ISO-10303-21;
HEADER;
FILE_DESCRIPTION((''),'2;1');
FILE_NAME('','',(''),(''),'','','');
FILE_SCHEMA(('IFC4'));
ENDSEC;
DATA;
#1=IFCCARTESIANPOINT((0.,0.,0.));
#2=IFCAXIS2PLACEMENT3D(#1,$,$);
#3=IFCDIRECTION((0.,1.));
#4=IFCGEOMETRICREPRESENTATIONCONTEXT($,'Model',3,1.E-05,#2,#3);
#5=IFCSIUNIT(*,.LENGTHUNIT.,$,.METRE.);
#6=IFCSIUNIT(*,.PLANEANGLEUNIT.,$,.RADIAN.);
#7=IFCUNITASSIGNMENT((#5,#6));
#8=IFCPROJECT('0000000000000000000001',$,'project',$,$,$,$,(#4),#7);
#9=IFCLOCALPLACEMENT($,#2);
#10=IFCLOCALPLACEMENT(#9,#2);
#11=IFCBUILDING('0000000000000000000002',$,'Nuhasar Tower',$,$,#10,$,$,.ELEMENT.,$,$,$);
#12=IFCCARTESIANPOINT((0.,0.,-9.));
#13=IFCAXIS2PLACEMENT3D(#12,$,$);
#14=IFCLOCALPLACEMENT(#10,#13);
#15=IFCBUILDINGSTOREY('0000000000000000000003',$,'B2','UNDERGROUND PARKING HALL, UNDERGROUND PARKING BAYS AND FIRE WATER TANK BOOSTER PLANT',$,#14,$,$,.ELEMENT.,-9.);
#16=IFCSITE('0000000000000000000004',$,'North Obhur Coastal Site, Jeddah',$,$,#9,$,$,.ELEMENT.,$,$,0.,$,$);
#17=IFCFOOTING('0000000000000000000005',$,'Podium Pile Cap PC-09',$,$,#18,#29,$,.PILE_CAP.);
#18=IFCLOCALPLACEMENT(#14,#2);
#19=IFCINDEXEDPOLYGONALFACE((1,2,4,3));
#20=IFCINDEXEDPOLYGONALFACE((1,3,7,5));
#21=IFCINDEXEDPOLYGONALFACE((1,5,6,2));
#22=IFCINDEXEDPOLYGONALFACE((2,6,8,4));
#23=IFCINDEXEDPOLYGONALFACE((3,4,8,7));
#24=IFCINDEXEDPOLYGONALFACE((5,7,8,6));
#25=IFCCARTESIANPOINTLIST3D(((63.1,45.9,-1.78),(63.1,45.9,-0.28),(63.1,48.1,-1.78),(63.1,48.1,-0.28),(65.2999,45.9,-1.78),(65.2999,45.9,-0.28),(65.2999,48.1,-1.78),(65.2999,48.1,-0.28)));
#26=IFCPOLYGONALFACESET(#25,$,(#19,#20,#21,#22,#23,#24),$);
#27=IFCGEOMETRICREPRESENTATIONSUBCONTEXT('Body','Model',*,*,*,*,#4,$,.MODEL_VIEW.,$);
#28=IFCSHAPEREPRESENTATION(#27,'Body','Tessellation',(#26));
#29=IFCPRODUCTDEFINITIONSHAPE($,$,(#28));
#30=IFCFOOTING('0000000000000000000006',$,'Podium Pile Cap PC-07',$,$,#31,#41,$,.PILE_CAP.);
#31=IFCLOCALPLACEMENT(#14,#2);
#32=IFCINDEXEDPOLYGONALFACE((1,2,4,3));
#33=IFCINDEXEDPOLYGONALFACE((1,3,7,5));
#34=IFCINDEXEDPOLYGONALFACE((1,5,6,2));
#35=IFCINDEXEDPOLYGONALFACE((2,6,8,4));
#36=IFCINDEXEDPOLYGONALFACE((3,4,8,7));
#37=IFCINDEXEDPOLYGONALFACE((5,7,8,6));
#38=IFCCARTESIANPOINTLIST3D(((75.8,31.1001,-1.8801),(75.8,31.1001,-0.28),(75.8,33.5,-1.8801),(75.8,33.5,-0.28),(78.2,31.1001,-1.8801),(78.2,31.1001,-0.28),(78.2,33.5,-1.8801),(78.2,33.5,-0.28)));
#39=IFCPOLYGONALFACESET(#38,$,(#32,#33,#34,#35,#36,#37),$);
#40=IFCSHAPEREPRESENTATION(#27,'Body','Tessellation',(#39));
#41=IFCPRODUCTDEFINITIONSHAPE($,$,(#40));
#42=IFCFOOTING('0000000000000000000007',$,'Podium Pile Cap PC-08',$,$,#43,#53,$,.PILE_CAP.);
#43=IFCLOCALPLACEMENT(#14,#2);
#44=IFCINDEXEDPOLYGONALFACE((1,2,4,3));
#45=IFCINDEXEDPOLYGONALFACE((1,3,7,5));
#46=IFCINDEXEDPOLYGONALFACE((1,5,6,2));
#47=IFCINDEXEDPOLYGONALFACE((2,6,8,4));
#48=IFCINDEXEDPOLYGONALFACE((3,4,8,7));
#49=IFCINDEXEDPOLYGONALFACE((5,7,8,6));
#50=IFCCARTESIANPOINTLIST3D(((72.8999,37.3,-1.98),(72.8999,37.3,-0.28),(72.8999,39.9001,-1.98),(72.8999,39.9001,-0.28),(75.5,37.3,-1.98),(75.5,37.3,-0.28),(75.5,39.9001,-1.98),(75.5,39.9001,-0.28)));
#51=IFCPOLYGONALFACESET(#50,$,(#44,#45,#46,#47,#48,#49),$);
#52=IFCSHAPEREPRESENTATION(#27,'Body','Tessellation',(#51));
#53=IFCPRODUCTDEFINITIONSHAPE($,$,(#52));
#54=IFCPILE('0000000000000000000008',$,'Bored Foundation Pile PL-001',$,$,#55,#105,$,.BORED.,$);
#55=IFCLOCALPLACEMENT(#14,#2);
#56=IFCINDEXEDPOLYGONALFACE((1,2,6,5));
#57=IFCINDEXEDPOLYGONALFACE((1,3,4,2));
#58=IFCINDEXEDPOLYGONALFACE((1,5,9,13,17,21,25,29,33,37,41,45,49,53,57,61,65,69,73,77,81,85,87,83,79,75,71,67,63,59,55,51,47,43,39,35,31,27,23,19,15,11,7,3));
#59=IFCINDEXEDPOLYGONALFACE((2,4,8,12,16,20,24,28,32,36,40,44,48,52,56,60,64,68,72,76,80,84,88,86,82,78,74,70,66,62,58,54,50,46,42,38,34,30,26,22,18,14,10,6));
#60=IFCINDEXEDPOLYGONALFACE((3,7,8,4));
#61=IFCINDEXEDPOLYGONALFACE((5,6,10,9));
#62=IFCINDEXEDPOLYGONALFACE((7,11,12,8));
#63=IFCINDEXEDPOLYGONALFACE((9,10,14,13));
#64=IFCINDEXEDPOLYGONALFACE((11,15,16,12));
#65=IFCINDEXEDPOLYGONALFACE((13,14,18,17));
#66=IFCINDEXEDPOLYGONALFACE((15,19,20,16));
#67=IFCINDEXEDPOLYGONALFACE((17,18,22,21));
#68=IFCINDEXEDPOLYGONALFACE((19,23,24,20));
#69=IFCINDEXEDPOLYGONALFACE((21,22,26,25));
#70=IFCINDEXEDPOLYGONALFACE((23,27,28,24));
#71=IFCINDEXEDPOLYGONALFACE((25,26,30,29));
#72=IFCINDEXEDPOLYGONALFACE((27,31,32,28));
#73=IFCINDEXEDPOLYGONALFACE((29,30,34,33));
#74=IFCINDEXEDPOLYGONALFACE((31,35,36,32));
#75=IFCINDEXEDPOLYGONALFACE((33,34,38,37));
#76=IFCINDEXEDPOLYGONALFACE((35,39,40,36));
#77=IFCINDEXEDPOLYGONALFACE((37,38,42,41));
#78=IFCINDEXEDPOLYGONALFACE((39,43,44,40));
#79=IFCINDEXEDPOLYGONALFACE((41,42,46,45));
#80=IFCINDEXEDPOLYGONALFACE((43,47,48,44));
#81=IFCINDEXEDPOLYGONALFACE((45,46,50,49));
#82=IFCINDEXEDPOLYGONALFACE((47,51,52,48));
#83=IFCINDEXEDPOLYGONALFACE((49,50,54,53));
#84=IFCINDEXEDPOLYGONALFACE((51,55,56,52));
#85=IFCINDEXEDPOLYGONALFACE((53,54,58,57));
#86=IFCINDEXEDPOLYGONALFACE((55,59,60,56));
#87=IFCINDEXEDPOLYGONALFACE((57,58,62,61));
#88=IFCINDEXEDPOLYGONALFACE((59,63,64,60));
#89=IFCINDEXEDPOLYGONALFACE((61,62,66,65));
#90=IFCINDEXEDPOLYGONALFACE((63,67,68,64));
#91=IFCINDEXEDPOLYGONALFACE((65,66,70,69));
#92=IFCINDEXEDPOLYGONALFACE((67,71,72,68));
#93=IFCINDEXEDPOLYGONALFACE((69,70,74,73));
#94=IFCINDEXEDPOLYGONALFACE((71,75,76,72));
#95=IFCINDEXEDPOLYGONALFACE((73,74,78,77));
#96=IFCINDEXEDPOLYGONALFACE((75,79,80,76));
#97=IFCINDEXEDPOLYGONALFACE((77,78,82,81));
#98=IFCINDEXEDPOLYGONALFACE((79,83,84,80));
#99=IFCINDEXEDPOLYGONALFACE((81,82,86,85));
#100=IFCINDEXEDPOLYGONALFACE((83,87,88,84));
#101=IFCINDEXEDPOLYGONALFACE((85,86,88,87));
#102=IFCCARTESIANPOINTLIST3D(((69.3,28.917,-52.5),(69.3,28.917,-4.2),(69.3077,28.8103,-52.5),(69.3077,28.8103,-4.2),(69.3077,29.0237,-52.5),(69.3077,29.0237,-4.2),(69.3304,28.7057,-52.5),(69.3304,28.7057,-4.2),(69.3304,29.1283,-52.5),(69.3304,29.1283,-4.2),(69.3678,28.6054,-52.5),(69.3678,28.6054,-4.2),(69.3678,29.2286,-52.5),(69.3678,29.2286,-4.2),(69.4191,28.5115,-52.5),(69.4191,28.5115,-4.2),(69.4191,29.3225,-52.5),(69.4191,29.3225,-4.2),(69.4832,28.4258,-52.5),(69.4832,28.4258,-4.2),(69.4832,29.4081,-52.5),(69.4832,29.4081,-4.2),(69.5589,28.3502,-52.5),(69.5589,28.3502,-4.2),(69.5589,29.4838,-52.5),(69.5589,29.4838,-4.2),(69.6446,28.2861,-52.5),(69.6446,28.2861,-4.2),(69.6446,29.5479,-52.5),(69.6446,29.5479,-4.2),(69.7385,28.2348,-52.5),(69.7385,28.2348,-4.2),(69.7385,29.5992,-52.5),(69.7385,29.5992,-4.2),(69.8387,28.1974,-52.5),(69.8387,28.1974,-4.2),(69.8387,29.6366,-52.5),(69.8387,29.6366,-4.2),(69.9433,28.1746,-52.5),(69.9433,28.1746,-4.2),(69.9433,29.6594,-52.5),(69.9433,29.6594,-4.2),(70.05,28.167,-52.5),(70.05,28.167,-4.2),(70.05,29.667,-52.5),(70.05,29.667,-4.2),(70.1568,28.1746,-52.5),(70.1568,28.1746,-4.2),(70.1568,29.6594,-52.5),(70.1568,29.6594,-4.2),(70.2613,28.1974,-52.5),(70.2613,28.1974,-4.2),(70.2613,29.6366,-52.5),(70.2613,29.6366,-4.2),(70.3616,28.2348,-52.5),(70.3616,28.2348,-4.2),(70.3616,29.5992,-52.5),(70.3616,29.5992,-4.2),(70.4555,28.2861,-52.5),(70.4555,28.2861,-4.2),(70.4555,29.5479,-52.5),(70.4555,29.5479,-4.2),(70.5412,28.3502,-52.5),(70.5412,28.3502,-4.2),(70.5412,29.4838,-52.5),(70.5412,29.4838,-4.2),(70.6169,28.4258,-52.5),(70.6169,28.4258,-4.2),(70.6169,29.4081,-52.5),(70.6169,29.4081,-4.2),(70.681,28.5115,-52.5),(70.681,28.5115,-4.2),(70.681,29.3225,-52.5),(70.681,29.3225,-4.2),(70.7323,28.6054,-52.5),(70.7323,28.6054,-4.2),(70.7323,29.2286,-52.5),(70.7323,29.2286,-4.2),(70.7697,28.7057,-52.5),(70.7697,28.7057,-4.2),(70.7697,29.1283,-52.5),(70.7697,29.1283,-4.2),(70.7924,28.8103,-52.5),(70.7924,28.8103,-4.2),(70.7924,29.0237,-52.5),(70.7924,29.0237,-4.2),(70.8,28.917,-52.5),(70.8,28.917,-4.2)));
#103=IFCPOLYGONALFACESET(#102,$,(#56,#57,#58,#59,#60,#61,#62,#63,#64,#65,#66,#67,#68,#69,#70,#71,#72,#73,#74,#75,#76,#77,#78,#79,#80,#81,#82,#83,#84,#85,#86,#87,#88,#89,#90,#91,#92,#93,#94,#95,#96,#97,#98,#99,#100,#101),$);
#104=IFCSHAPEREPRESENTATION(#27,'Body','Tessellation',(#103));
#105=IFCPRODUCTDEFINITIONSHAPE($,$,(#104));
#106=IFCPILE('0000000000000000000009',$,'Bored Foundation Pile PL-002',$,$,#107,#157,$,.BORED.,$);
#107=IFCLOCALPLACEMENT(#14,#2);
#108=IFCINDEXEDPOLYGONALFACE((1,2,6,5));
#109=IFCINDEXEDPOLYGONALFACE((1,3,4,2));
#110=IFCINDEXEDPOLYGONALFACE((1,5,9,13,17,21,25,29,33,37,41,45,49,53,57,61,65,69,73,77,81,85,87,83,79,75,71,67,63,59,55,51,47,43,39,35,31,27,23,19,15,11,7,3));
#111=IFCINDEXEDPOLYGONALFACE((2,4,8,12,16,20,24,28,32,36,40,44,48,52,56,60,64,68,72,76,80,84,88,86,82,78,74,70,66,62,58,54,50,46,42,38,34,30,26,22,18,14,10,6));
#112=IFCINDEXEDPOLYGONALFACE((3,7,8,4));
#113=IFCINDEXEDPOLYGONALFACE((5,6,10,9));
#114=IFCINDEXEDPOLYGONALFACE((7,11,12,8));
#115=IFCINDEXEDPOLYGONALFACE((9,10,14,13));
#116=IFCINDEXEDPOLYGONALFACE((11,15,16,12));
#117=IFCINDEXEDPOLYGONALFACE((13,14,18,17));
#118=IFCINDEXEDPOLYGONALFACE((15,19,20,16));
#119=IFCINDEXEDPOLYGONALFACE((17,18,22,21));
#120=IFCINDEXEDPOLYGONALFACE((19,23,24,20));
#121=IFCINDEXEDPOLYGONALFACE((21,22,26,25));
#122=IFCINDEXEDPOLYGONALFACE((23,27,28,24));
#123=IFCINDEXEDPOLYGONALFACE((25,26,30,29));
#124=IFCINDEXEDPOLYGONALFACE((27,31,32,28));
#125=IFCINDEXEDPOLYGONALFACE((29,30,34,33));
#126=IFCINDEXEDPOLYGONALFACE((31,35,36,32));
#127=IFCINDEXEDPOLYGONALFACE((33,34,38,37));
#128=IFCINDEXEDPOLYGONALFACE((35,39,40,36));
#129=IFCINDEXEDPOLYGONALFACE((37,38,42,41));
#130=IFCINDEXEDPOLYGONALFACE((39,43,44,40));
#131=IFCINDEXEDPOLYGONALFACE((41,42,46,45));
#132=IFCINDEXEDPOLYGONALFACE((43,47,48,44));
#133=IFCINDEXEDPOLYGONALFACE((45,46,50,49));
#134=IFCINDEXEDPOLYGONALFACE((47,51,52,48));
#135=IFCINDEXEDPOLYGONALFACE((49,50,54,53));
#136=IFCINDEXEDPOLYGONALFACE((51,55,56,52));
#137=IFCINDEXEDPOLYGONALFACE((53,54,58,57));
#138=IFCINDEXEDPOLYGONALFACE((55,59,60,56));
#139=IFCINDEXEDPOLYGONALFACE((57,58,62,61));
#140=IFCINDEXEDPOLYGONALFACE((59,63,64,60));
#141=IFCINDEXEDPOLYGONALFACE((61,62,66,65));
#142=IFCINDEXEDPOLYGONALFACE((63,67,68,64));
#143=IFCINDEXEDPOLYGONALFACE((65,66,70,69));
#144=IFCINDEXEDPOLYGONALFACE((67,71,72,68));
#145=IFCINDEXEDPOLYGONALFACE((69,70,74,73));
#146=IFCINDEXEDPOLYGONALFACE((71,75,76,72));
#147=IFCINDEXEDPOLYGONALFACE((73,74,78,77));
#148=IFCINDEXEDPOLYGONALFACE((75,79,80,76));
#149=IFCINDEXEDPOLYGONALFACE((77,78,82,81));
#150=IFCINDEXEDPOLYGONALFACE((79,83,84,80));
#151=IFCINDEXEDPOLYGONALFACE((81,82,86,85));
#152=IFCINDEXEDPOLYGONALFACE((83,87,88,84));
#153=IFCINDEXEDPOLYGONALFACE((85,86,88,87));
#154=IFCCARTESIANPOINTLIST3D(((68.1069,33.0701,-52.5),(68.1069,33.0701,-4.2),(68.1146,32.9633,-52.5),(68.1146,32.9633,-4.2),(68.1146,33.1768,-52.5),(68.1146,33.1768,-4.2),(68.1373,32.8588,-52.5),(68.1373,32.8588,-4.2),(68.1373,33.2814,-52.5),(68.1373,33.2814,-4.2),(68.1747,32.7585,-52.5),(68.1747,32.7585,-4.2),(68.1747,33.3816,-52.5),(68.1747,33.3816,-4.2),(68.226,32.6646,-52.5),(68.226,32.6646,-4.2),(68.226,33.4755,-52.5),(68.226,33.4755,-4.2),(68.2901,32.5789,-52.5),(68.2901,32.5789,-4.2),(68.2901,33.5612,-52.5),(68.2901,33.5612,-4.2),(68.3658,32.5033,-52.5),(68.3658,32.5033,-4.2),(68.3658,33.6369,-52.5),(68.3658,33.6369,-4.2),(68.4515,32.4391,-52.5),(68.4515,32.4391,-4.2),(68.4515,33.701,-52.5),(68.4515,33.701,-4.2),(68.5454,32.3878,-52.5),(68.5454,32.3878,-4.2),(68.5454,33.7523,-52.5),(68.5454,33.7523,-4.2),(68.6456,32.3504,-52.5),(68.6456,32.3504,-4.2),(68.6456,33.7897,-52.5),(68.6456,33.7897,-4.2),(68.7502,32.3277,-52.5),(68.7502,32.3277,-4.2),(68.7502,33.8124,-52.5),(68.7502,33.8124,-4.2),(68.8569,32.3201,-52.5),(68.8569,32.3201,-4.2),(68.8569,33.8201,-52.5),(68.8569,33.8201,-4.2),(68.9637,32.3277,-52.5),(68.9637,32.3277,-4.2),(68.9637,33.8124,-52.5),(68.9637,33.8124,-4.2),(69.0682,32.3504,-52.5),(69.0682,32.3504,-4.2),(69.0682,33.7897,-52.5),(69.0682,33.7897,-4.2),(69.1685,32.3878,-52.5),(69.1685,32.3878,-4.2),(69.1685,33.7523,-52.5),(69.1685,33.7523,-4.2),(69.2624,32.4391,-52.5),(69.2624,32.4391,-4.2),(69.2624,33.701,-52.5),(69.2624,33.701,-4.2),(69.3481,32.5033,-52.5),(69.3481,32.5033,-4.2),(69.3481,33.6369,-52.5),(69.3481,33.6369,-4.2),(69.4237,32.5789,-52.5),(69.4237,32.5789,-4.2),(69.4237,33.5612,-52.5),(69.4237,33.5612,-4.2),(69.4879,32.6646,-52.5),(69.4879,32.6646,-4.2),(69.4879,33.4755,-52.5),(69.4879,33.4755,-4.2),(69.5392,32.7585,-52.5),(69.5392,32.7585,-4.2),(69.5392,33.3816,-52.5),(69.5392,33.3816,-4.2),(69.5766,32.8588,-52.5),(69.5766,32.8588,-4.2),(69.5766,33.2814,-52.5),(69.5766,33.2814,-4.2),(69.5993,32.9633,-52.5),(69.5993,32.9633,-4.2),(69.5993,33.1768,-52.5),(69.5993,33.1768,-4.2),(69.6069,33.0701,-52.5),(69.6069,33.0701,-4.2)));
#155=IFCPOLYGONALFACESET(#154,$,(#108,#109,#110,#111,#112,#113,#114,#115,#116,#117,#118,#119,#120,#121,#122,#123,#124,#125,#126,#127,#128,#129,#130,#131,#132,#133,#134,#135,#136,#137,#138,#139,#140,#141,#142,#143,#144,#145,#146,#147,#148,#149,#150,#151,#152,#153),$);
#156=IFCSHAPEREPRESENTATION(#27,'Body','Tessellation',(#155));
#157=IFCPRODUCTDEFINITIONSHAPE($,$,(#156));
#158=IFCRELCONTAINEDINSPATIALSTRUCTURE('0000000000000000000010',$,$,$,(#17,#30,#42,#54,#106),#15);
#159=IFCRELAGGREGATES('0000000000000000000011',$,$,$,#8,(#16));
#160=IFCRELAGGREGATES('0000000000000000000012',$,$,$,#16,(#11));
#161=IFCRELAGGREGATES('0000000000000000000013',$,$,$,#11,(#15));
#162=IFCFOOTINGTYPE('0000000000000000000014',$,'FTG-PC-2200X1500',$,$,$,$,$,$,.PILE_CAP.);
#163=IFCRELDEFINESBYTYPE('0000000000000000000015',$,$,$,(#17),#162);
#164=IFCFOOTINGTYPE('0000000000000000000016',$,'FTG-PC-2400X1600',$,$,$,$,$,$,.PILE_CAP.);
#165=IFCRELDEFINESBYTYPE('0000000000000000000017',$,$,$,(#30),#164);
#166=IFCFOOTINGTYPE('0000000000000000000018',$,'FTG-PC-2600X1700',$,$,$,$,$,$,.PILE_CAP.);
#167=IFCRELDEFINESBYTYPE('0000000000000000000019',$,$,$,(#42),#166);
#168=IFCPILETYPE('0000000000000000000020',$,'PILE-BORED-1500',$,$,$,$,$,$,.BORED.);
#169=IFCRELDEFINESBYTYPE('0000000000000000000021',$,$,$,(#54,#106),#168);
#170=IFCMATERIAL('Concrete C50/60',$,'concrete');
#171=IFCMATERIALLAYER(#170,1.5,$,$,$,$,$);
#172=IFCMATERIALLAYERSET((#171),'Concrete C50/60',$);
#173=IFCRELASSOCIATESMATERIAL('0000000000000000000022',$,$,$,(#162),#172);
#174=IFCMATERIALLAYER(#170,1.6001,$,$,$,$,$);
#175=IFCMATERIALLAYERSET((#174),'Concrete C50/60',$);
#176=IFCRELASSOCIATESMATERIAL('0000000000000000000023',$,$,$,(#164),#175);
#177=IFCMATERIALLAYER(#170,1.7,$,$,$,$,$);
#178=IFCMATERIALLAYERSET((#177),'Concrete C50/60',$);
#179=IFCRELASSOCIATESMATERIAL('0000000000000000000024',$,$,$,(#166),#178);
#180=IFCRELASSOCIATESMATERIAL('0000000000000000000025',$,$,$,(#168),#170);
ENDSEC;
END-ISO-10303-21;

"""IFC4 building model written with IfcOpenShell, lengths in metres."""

from ifc_helpers import new_model, si_unit, direction, frame, origin, origin_2d, place, context, subcontext, project, spatial, rectangle, circle, extrude, material, layer, layer_set, material_profile, profile_set, type_object, element, save


model = new_model("IFC4")

# Units and contexts
model_context = context("Model", 3, precision=1e-05, world=origin(), true_north=direction((0.0, 1.0)))
body_context = subcontext(model_context, "Body", "Model", "MODEL_VIEW")
ifc_project = project(units=[si_unit("LENGTHUNIT", "METRE"), si_unit("PLANEANGLEUNIT", "RADIAN")], contexts=[model_context])

# Site, building, storey
site_placement = place(None, origin())
site = spatial("IfcSite", under=ifc_project, at=site_placement, Name="North Obhur Coastal Site, Jeddah", CompositionType="ELEMENT", RefElevation=0.0)
building_placement = place(site_placement, origin())
building = spatial("IfcBuilding", under=site, at=building_placement, Name="Nuhasar Tower", CompositionType="ELEMENT")
storey_placement = place(building_placement, frame((0.0, 0.0, -9.0)))
storey = spatial("IfcBuildingStorey", under=building, at=storey_placement, Name="B2", Description="UNDERGROUND PARKING HALL, UNDERGROUND PARKING BAYS AND FIRE WATER TANK BOOSTER PLANT", CompositionType="ELEMENT", Elevation=-9.0)

# Footings
ifc_material_1 = material(Name="Concrete C50/60", Category="concrete")
ifc_layer_1 = layer(ifc_material_1, 1.5)
ifc_layer_set_1 = layer_set([ifc_layer_1], Name="Concrete C50/60")
footing_type_1 = type_object("IfcFootingType", Name="FTG-PC-2200X1500", PredefinedType="PILE_CAP", material=ifc_layer_set_1)
footing_1_placement = place(storey_placement, frame((64.2, 47.0, -1.78), z_axis=(0.0, 0.0, 1.0), x_axis=(1.0, 0.0, 0.0)))
element("IfcFooting", 1, at=footing_1_placement, inside=storey, type_object=footing_type_1, Name="Podium Pile Cap PC-09", PredefinedType="PILE_CAP", context=body_context, shape_type="SweptSolid", body=[
    extrude(rectangle(XDim=2.2, YDim=2.2, at=origin_2d()), origin(), (0.0, 0.0, 1.0), 1.5),
])
ifc_layer_2 = layer(ifc_material_1, 1.6001)
ifc_layer_set_2 = layer_set([ifc_layer_2], Name="Concrete C50/60")
footing_type_2 = type_object("IfcFootingType", Name="FTG-PC-2400X1600", PredefinedType="PILE_CAP", material=ifc_layer_set_2)
footing_2_placement = place(storey_placement, frame((77.0, 32.3, -1.8801), z_axis=(0.0, 0.0, 1.0), x_axis=(1.0, 0.0, 0.0)))
element("IfcFooting", 2, at=footing_2_placement, inside=storey, type_object=footing_type_2, Name="Podium Pile Cap PC-07", PredefinedType="PILE_CAP", context=body_context, shape_type="SweptSolid", body=[
    extrude(rectangle(XDim=2.3999, YDim=2.3999, at=origin_2d()), origin(), (0.0, 0.0, 1.0), 1.6001),
])
ifc_layer_3 = layer(ifc_material_1, 1.7)
ifc_layer_set_3 = layer_set([ifc_layer_3], Name="Concrete C50/60")
footing_type_3 = type_object("IfcFootingType", Name="FTG-PC-2600X1700", PredefinedType="PILE_CAP", material=ifc_layer_set_3)
footing_3_placement = place(storey_placement, frame((74.2, 38.6001, -1.98), z_axis=(0.0, 0.0, 1.0), x_axis=(1.0, 0.0, 0.0)))
element("IfcFooting", 3, at=footing_3_placement, inside=storey, type_object=footing_type_3, Name="Podium Pile Cap PC-08", PredefinedType="PILE_CAP", context=body_context, shape_type="SweptSolid", body=[
    extrude(rectangle(XDim=2.6001, YDim=2.6001, at=origin_2d()), origin(), (0.0, 0.0, 1.0), 1.7),
])

# Piles
ifc_material_profile_1 = material_profile(ifc_material_1, circle(Radius=0.75, at=origin_2d()), Name="PILE1500")
ifc_profile_set_1 = profile_set([ifc_material_profile_1], Name="Concrete C50/60")
pile_type_1 = type_object("IfcPileType", Name="PILE-BORED-1500", PredefinedType="BORED", material=ifc_profile_set_1)
for number, where, z_axis, x_axis, name in (
    (4, (70.05, 28.917, -4.2), (0.0, 0.0, -1.0), (1.0, 0.0, 0.0), "Bored Foundation Pile PL-001"),
    (5, (68.8569, 33.0701, -4.2), (0.0, 0.0, -1.0), (1.0, 0.0, 0.0), "Bored Foundation Pile PL-002"),
):
    element("IfcPile", number, at=place(storey_placement, frame(where, z_axis=z_axis, x_axis=x_axis)), inside=storey, type_object=pile_type_1, Name=name, PredefinedType="BORED", context=body_context, shape_type="SweptSolid", body=[
        extrude(circle(Radius=0.75, at=origin_2d()), origin(), (0.0, 0.0, 1.0), 48.3),
    ])

save(model, "model.ifc")
